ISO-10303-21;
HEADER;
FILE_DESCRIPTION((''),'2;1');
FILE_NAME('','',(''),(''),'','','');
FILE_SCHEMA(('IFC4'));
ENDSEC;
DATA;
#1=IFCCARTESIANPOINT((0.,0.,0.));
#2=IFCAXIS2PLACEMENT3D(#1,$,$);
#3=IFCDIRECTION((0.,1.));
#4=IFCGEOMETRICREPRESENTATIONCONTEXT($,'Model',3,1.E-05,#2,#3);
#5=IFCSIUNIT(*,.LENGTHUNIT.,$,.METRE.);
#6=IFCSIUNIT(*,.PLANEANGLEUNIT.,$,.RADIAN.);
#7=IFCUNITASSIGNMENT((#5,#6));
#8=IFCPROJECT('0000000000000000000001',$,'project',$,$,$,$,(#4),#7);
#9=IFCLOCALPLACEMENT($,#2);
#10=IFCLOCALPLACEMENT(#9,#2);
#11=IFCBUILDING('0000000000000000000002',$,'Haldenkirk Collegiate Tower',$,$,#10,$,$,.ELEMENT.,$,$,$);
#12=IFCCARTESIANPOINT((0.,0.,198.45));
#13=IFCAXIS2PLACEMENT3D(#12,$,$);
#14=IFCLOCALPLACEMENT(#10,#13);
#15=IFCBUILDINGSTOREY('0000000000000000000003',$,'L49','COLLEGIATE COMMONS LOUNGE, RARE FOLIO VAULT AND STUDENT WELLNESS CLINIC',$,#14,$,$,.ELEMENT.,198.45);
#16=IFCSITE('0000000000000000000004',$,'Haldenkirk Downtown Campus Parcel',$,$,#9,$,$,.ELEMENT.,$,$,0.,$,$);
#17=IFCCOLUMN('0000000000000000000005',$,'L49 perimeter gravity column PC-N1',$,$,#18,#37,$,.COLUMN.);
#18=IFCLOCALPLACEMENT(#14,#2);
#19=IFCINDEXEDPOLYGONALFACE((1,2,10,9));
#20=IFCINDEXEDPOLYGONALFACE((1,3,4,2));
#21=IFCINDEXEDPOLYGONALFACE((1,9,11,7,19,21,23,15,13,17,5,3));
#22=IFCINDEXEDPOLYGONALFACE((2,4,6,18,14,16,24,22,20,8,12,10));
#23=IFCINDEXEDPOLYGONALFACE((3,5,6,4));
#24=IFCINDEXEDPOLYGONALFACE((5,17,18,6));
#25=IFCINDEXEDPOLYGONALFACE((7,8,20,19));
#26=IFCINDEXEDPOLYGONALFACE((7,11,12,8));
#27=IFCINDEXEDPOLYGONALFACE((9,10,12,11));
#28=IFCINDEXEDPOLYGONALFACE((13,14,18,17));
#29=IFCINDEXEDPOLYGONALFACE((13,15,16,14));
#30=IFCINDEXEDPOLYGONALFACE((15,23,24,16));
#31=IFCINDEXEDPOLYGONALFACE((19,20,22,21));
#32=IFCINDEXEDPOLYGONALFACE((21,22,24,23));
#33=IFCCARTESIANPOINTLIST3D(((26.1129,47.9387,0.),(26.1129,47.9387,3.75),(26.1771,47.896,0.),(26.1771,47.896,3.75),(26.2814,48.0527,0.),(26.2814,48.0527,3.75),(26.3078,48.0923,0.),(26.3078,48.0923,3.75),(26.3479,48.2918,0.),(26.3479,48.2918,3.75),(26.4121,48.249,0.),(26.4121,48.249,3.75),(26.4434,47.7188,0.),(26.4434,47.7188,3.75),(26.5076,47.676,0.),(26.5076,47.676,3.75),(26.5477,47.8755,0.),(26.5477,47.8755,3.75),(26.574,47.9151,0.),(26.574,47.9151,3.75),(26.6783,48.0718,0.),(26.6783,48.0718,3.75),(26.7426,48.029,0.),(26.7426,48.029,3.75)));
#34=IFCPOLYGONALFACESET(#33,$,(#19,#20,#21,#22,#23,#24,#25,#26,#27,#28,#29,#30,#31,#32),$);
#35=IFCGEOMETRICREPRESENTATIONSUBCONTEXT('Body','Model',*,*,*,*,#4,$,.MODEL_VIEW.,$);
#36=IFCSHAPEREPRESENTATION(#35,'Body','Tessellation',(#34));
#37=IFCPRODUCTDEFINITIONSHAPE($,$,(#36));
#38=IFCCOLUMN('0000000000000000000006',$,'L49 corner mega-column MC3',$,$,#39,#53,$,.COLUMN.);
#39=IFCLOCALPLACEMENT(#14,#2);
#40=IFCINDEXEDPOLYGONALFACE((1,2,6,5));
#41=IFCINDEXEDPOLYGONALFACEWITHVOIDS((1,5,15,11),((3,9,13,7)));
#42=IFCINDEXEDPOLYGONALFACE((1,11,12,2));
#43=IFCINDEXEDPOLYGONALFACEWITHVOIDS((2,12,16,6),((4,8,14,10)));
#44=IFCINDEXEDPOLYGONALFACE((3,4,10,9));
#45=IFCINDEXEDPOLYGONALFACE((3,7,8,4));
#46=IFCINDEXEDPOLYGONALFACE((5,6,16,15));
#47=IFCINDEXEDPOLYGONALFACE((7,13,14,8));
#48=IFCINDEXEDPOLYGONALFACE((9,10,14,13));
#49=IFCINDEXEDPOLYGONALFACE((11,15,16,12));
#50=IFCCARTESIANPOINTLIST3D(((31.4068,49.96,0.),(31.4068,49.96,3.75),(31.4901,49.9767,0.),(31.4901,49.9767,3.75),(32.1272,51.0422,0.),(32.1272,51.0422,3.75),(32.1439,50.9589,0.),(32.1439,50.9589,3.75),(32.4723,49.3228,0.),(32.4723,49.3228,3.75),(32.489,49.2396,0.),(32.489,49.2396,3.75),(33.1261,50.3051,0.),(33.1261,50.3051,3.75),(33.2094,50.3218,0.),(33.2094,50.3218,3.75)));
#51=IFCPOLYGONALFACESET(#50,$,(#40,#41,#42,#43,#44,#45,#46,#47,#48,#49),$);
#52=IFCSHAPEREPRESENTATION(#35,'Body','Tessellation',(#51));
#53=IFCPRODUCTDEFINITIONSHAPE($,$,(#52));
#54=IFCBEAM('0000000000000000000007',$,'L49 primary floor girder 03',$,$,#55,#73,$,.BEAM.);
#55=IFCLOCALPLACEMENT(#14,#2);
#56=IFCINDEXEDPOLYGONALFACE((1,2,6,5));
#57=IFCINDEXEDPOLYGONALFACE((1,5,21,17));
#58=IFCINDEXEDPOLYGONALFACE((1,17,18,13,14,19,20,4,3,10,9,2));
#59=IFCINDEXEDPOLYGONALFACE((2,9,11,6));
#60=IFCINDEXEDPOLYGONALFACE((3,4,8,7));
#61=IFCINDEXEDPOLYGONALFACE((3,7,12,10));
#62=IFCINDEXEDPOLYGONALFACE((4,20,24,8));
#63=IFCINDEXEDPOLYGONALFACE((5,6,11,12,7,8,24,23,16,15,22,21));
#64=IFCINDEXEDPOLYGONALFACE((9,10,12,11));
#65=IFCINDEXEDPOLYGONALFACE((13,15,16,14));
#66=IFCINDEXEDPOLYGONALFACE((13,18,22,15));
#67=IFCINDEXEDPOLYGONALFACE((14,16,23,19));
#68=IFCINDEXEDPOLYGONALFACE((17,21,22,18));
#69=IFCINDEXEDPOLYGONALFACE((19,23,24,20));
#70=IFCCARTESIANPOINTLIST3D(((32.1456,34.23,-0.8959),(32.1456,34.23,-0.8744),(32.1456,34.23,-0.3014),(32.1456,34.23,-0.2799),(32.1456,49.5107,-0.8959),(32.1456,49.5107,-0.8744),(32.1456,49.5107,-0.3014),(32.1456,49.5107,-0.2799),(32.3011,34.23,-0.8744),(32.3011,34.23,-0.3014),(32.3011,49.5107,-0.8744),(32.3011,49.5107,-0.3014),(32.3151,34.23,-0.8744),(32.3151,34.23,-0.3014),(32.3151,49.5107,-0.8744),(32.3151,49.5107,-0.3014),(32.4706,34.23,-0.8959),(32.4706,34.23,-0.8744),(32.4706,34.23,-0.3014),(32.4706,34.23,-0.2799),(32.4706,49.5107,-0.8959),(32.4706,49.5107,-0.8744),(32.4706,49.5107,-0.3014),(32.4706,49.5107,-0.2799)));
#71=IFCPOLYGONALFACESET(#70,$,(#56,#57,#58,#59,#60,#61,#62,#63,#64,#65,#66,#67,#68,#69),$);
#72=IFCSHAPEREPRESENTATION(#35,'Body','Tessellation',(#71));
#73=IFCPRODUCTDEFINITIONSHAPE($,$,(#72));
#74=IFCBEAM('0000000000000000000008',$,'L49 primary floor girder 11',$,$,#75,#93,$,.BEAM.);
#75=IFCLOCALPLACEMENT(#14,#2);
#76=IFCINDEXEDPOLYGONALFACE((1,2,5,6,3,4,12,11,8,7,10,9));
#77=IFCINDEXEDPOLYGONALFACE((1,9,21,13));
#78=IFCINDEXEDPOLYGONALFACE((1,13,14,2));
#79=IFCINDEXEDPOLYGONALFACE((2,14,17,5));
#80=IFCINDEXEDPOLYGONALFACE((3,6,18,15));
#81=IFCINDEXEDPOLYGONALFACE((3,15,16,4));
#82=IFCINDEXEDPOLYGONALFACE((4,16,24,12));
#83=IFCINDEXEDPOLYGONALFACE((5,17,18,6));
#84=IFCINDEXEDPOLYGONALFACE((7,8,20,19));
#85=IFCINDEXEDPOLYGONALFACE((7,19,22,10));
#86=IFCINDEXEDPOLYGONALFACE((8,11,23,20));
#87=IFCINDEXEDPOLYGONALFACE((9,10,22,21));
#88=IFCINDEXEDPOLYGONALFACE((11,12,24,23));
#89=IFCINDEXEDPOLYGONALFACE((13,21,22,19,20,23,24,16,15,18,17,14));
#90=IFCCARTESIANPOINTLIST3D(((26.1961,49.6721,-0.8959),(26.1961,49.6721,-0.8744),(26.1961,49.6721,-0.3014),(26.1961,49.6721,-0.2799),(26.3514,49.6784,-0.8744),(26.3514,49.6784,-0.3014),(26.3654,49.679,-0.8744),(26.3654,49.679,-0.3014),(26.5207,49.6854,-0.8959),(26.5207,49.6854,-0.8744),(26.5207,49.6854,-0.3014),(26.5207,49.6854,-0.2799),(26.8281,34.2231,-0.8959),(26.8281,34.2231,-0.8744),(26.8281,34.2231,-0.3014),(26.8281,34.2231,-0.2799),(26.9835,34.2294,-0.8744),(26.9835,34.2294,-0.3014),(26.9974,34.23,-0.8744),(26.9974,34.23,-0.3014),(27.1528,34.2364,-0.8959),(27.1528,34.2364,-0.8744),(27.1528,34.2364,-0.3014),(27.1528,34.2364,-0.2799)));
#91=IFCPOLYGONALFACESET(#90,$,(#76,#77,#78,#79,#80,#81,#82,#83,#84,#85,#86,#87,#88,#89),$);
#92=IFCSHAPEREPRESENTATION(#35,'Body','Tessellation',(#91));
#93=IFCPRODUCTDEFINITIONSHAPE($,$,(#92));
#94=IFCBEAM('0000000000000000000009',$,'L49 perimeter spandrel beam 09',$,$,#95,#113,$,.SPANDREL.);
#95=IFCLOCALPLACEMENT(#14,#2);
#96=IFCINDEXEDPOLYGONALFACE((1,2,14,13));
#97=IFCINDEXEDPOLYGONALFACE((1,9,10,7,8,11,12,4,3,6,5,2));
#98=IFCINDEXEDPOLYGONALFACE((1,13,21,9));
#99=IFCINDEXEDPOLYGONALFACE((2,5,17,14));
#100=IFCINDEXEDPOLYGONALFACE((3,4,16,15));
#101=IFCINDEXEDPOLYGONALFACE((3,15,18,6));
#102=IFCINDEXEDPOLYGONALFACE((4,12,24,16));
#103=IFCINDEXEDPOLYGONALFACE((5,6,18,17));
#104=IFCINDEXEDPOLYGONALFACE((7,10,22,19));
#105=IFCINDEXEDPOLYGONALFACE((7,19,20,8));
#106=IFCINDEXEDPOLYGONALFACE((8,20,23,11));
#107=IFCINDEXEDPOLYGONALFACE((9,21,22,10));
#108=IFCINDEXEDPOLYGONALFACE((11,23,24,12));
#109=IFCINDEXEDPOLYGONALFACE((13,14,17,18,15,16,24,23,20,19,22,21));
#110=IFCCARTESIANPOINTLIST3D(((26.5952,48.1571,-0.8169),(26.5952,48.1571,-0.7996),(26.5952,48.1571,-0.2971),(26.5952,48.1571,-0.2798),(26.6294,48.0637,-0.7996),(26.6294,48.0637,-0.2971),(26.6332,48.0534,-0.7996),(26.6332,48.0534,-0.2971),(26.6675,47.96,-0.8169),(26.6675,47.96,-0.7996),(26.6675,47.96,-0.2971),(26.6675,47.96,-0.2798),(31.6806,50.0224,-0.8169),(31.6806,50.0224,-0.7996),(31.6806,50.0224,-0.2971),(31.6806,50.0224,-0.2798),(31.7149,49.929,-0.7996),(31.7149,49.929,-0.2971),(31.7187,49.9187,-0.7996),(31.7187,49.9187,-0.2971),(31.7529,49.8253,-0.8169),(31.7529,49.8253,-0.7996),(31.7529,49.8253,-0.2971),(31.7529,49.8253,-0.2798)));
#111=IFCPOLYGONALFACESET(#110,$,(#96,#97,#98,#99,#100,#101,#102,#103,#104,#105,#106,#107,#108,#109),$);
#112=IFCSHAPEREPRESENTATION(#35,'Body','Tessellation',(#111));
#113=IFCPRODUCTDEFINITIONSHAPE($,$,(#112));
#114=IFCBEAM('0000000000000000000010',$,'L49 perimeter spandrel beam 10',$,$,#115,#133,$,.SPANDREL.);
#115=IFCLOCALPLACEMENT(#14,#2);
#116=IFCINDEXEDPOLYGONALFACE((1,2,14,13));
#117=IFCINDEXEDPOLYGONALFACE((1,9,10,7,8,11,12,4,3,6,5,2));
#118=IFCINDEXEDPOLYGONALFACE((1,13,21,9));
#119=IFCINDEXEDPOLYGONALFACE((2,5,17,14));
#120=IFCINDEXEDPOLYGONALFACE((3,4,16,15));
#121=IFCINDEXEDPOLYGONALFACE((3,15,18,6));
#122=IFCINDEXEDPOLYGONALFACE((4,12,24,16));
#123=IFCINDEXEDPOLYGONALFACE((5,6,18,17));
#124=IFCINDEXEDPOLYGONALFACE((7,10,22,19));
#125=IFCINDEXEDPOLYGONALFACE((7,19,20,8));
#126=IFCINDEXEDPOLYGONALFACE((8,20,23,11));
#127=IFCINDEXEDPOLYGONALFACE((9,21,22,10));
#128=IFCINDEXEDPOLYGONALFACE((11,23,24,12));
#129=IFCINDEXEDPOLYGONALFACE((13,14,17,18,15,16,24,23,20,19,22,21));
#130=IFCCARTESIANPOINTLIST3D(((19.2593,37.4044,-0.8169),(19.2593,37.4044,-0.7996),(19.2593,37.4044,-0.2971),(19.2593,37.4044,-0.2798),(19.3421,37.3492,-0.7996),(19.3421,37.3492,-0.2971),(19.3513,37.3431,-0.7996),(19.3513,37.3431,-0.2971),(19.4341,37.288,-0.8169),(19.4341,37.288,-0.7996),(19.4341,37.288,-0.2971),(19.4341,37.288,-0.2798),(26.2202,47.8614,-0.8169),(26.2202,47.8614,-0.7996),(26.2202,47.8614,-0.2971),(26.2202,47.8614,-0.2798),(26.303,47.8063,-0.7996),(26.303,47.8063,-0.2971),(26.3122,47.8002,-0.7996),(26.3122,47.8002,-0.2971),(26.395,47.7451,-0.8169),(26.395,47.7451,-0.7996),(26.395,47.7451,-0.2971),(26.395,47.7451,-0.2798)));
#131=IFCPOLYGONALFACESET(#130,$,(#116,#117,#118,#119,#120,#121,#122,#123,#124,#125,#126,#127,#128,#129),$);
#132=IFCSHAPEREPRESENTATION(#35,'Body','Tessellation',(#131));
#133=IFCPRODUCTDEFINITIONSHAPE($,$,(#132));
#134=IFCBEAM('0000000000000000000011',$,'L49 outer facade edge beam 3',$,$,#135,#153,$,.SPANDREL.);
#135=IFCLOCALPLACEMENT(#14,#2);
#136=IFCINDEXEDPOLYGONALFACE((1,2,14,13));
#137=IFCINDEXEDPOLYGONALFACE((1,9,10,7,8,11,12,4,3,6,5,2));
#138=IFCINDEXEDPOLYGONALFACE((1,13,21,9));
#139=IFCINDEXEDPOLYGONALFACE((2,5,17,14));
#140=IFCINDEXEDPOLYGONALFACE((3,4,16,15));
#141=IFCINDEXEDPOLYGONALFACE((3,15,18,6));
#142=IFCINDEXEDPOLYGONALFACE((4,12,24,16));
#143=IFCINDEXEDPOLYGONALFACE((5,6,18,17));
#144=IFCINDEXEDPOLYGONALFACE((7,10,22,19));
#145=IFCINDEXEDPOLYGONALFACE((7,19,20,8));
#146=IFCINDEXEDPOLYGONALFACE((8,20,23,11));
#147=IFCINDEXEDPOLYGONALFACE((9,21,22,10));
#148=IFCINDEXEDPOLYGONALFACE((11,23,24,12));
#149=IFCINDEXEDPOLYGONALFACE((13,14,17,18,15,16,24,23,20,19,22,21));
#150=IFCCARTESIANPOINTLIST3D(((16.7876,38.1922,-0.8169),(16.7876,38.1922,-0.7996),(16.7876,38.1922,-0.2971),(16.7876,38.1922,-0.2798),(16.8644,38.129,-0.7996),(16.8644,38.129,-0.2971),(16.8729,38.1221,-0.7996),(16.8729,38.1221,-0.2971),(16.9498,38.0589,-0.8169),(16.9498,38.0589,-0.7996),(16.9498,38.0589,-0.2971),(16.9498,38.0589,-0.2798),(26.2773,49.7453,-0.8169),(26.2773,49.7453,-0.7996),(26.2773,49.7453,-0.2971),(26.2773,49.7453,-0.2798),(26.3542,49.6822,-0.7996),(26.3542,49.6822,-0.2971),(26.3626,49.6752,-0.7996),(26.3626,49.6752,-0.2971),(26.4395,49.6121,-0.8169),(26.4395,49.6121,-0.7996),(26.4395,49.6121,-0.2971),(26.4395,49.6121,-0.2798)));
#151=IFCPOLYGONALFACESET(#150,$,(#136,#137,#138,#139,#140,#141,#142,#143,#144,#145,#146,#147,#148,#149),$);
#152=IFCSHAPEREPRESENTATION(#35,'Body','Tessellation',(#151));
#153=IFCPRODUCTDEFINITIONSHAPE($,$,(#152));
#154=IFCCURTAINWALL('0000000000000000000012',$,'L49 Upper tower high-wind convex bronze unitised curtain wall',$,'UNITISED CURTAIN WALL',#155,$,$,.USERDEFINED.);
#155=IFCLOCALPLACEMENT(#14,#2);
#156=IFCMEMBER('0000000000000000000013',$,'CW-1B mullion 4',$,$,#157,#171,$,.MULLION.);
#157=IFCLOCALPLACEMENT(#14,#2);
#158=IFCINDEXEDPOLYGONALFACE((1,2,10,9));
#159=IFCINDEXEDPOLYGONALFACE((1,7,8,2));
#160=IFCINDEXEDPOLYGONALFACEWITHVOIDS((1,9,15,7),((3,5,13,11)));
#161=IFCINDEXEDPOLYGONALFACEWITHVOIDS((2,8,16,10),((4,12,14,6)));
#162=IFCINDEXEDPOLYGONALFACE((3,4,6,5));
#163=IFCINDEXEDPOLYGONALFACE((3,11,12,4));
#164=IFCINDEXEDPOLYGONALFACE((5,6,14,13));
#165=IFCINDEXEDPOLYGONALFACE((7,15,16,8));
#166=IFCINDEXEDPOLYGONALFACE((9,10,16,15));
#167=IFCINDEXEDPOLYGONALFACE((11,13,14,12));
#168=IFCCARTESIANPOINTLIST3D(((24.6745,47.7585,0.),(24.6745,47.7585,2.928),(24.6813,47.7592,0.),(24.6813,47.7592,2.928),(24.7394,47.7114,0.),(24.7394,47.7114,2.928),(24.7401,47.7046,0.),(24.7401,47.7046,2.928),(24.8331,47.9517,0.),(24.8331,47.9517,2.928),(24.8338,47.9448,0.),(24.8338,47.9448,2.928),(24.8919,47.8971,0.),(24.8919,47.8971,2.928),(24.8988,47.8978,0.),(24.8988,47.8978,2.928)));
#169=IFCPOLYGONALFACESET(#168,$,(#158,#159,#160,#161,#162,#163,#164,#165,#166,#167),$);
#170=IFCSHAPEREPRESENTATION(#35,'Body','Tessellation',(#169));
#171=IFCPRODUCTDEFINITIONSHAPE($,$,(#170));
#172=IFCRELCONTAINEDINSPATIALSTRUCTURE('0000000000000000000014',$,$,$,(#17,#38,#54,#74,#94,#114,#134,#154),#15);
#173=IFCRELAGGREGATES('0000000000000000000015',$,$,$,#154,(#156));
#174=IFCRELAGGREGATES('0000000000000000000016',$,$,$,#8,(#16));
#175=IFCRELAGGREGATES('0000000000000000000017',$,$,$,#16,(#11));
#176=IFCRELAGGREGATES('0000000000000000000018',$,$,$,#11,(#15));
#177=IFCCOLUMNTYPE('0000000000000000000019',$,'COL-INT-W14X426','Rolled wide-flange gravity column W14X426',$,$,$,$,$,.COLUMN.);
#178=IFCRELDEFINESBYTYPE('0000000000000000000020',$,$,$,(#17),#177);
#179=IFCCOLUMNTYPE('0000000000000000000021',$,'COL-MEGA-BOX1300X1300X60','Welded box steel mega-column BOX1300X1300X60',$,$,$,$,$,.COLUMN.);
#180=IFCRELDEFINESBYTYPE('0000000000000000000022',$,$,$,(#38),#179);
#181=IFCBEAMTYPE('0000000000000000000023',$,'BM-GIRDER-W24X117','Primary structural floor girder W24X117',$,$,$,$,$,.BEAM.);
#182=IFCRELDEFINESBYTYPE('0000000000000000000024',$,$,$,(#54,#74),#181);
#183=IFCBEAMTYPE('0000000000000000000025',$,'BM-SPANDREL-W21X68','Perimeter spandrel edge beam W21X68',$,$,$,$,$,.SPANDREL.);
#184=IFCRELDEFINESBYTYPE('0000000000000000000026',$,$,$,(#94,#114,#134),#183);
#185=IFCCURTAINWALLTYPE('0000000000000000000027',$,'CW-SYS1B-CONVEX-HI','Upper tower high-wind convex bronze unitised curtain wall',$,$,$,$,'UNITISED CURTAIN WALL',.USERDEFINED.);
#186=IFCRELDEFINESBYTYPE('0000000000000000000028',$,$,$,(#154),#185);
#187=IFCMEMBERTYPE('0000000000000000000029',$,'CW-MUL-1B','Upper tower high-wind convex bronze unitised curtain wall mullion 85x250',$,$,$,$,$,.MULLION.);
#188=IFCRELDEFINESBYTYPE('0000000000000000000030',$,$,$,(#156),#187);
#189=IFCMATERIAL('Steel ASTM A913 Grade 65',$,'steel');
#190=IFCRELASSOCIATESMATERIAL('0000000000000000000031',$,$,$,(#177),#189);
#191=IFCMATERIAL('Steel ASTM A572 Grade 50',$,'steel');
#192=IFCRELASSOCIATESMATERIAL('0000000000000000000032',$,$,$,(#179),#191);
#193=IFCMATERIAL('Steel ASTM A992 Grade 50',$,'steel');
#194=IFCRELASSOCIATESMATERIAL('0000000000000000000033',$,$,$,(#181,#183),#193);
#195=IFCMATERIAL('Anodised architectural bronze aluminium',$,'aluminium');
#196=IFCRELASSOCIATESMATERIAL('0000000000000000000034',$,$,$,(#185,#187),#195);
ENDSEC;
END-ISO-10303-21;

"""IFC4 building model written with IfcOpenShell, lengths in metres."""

from ifc_helpers import new_model, si_unit, direction, frame, origin, origin_2d, place, context, subcontext, project, spatial, hollow_rectangle, i_section, extrude, material, material_profile, profile_set, type_object, element, aggregate, save


model = new_model("IFC4")

# Units and contexts
model_context = context("Model", 3, precision=1e-05, world=origin(), true_north=direction((0.0, 1.0)))
body_context = subcontext(model_context, "Body", "Model", "MODEL_VIEW")
ifc_project = project(units=[si_unit("LENGTHUNIT", "METRE"), si_unit("PLANEANGLEUNIT", "RADIAN")], contexts=[model_context])

# Site, building, storey
site_placement = place(None, origin())
site = spatial("IfcSite", under=ifc_project, at=site_placement, Name="Haldenkirk Downtown Campus Parcel", CompositionType="ELEMENT", RefElevation=0.0)
building_placement = place(site_placement, origin())
building = spatial("IfcBuilding", under=site, at=building_placement, Name="Haldenkirk Collegiate Tower", CompositionType="ELEMENT")
storey_placement = place(building_placement, frame((0.0, 0.0, 198.45)))
storey = spatial("IfcBuildingStorey", under=building, at=storey_placement, Name="L49", Description="COLLEGIATE COMMONS LOUNGE, RARE FOLIO VAULT AND STUDENT WELLNESS CLINIC", CompositionType="ELEMENT", Elevation=198.45)

# Columns
ifc_material_1 = material(Name="Steel ASTM A913 Grade 65", Category="steel")
ifc_material_profile_1 = material_profile(ifc_material_1, i_section(OverallWidth=0.4241, OverallDepth=0.4741, WebThickness=0.0476, FlangeThickness=0.0771, at=origin_2d()), Name="W14X426")
ifc_profile_set_1 = profile_set([ifc_material_profile_1], Name="Steel ASTM A913 Grade 65")
column_type_1 = type_object("IfcColumnType", Name="COL-INT-W14X426", Description="Rolled wide-flange gravity column W14X426", PredefinedType="COLUMN", material=ifc_profile_set_1)
column_1_placement = place(storey_placement, frame((26.4277, 47.9839, 0.0), z_axis=(0.0, 0.0, 1.0), x_axis=(0.554118, 0.832438, 0.0)))
element("IfcColumn", 1, at=column_1_placement, inside=storey, type_object=column_type_1, Name="L49 perimeter gravity column PC-N1", PredefinedType="COLUMN", context=body_context, shape_type="SweptSolid", body=[
    extrude(i_section(OverallWidth=0.4241, OverallDepth=0.4741, WebThickness=0.0476, FlangeThickness=0.0771, at=origin_2d()), origin(), (0.0, 0.0, 1.0), 3.75),
])
ifc_material_2 = material(Name="Steel ASTM A572 Grade 50", Category="steel")
ifc_material_profile_2 = material_profile(ifc_material_2, hollow_rectangle(XDim=1.3, YDim=1.3, WallThickness=0.0601, at=origin_2d()), Name="BOX1300X1300X60")
ifc_profile_set_2 = profile_set([ifc_material_profile_2], Name="Steel ASTM A572 Grade 50")
column_type_2 = type_object("IfcColumnType", Name="COL-MEGA-BOX1300X1300X60", Description="Welded box steel mega-column BOX1300X1300X60", PredefinedType="COLUMN", material=ifc_profile_set_2)
column_2_placement = place(storey_placement, frame((32.3081, 50.1409, 0.0), z_axis=(0.0, 0.0, 1.0), x_axis=(0.554118, 0.832438, 0.0)))
element("IfcColumn", 2, at=column_2_placement, inside=storey, type_object=column_type_2, Name="L49 corner mega-column MC3", PredefinedType="COLUMN", context=body_context, shape_type="SweptSolid", body=[
    extrude(hollow_rectangle(XDim=1.3, YDim=1.3, WallThickness=0.0601, at=origin_2d()), origin(), (0.0, 0.0, 1.0), 3.75),
])

# Beams
ifc_material_3 = material(Name="Steel ASTM A992 Grade 50", Category="steel")
ifc_material_profile_3 = material_profile(ifc_material_3, i_section(OverallWidth=0.325, OverallDepth=0.616, WebThickness=0.0139, FlangeThickness=0.0215, at=origin_2d()), Name="W24X117")
ifc_profile_set_3 = profile_set([ifc_material_profile_3], Name="Steel ASTM A992 Grade 50")
beam_type_1 = type_object("IfcBeamType", Name="BM-GIRDER-W24X117", Description="Primary structural floor girder W24X117", PredefinedType="BEAM", material=ifc_profile_set_3)
beam_1_placement = place(storey_placement, frame((32.3081, 49.5107, -0.5879), z_axis=(0.0, -1.0, 0.0), x_axis=(1.0, 0.0, 0.0)))
element("IfcBeam", 3, at=beam_1_placement, inside=storey, type_object=beam_type_1, Name="L49 primary floor girder 03", PredefinedType="BEAM", context=body_context, shape_type="SweptSolid", body=[
    extrude(i_section(OverallWidth=0.325, OverallDepth=0.616, WebThickness=0.0139, FlangeThickness=0.0215, at=origin_2d()), origin(), (0.0, 0.0, 1.0), 15.2808),
])
beam_2_placement = place(storey_placement, frame((26.3584, 49.6787, -0.5879), z_axis=(0.04088, -0.999164, 0.0), x_axis=(0.999164, 0.04088, 0.0)))
element("IfcBeam", 4, at=beam_2_placement, inside=storey, type_object=beam_type_1, Name="L49 primary floor girder 11", PredefinedType="BEAM", context=body_context, shape_type="SweptSolid", body=[
    extrude(i_section(OverallWidth=0.325, OverallDepth=0.616, WebThickness=0.0139, FlangeThickness=0.0215, at=origin_2d()), origin(), (0.0, 0.0, 1.0), 15.4619),
])
ifc_material_profile_4 = material_profile(ifc_material_3, i_section(OverallWidth=0.21, OverallDepth=0.5371, WebThickness=0.011, FlangeThickness=0.0173, at=origin_2d()), Name="W21X68")
ifc_profile_set_4 = profile_set([ifc_material_profile_4], Name="Steel ASTM A992 Grade 50")
beam_type_2 = type_object("IfcBeamType", Name="BM-SPANDREL-W21X68", Description="Perimeter spandrel edge beam W21X68", PredefinedType="SPANDREL", material=ifc_profile_set_4)
beam_3_placement = place(storey_placement, frame((31.7168, 49.9238, -0.5483), z_axis=(-0.938842, -0.344347, 0.0), x_axis=(0.344347, -0.938842, 0.0)))
element("IfcBeam", 5, at=beam_3_placement, inside=storey, type_object=beam_type_2, Name="L49 perimeter spandrel beam 09", PredefinedType="SPANDREL", context=body_context, shape_type="SweptSolid", body=[
    extrude(i_section(OverallWidth=0.21, OverallDepth=0.5371, WebThickness=0.011, FlangeThickness=0.0173, at=origin_2d()), origin(), (0.0, 0.0, 1.0), 5.4167),
])
beam_4_placement = place(storey_placement, frame((26.3076, 47.8032, -0.5483), z_axis=(-0.554126, -0.832433, 0.0), x_axis=(0.832433, -0.554126, 0.0)))
element("IfcBeam", 6, at=beam_4_placement, inside=storey, type_object=beam_type_2, Name="L49 perimeter spandrel beam 10", PredefinedType="SPANDREL", context=body_context, shape_type="SweptSolid", body=[
    extrude(i_section(OverallWidth=0.21, OverallDepth=0.5371, WebThickness=0.011, FlangeThickness=0.0173, at=origin_2d()), origin(), (0.0, 0.0, 1.0), 12.562),
])
beam_5_placement = place(storey_placement, frame((26.3584, 49.6787, -0.5483), z_axis=(-0.634723, -0.772739, 0.0), x_axis=(0.772739, -0.634723, 0.0)))
element("IfcBeam", 7, at=beam_5_placement, inside=storey, type_object=beam_type_2, Name="L49 outer facade edge beam 3", PredefinedType="SPANDREL", context=body_context, shape_type="SweptSolid", body=[
    extrude(i_section(OverallWidth=0.21, OverallDepth=0.5371, WebThickness=0.011, FlangeThickness=0.0173, at=origin_2d()), origin(), (0.0, 0.0, 1.0), 14.9509),
])

# Curtain wall, member
ifc_material_4 = material(Name="Anodised architectural bronze aluminium", Category="aluminium")
curtain_wall_type = type_object("IfcCurtainWallType", Name="CW-SYS1B-CONVEX-HI", Description="Upper tower high-wind convex bronze unitised curtain wall", ElementType="UNITISED CURTAIN WALL", PredefinedType="USERDEFINED", material=ifc_material_4)
curtain_wall_placement = place(storey_placement, origin())
curtain_wall = element("IfcCurtainWall", 8, at=curtain_wall_placement, inside=storey, type_object=curtain_wall_type, Name="L49 Upper tower high-wind convex bronze unitised curtain wall", ObjectType="UNITISED CURTAIN WALL", PredefinedType="USERDEFINED")
ifc_material_profile_5 = material_profile(ifc_material_4, hollow_rectangle(XDim=0.085, YDim=0.25, WallThickness=0.0049, at=origin_2d()), Name="CW-MUL-1B")
ifc_profile_set_5 = profile_set([ifc_material_profile_5], Name="Anodised architectural bronze aluminium")
member_type_1 = type_object("IfcMemberType", Name="CW-MUL-1B", Description="Upper tower high-wind convex bronze unitised curtain wall mullion 85x250", PredefinedType="MULLION", material=ifc_profile_set_5)
member_1_placement = place(storey_placement, frame((24.7866, 47.8281, 0.0), z_axis=(0.0, 0.0, 1.0), x_axis=(-0.772732, 0.634732, 0.0)))
member_1 = element("IfcMember", 9, at=member_1_placement, type_object=member_type_1, Name="CW-1B mullion 4", PredefinedType="MULLION", context=body_context, shape_type="SweptSolid", body=[
    extrude(hollow_rectangle(XDim=0.085, YDim=0.25, WallThickness=0.0049, at=origin_2d()), origin(), (0.0, 0.0, 1.0), 2.928),
])
aggregate(curtain_wall, [member_1])

save(model, "model.ifc")
